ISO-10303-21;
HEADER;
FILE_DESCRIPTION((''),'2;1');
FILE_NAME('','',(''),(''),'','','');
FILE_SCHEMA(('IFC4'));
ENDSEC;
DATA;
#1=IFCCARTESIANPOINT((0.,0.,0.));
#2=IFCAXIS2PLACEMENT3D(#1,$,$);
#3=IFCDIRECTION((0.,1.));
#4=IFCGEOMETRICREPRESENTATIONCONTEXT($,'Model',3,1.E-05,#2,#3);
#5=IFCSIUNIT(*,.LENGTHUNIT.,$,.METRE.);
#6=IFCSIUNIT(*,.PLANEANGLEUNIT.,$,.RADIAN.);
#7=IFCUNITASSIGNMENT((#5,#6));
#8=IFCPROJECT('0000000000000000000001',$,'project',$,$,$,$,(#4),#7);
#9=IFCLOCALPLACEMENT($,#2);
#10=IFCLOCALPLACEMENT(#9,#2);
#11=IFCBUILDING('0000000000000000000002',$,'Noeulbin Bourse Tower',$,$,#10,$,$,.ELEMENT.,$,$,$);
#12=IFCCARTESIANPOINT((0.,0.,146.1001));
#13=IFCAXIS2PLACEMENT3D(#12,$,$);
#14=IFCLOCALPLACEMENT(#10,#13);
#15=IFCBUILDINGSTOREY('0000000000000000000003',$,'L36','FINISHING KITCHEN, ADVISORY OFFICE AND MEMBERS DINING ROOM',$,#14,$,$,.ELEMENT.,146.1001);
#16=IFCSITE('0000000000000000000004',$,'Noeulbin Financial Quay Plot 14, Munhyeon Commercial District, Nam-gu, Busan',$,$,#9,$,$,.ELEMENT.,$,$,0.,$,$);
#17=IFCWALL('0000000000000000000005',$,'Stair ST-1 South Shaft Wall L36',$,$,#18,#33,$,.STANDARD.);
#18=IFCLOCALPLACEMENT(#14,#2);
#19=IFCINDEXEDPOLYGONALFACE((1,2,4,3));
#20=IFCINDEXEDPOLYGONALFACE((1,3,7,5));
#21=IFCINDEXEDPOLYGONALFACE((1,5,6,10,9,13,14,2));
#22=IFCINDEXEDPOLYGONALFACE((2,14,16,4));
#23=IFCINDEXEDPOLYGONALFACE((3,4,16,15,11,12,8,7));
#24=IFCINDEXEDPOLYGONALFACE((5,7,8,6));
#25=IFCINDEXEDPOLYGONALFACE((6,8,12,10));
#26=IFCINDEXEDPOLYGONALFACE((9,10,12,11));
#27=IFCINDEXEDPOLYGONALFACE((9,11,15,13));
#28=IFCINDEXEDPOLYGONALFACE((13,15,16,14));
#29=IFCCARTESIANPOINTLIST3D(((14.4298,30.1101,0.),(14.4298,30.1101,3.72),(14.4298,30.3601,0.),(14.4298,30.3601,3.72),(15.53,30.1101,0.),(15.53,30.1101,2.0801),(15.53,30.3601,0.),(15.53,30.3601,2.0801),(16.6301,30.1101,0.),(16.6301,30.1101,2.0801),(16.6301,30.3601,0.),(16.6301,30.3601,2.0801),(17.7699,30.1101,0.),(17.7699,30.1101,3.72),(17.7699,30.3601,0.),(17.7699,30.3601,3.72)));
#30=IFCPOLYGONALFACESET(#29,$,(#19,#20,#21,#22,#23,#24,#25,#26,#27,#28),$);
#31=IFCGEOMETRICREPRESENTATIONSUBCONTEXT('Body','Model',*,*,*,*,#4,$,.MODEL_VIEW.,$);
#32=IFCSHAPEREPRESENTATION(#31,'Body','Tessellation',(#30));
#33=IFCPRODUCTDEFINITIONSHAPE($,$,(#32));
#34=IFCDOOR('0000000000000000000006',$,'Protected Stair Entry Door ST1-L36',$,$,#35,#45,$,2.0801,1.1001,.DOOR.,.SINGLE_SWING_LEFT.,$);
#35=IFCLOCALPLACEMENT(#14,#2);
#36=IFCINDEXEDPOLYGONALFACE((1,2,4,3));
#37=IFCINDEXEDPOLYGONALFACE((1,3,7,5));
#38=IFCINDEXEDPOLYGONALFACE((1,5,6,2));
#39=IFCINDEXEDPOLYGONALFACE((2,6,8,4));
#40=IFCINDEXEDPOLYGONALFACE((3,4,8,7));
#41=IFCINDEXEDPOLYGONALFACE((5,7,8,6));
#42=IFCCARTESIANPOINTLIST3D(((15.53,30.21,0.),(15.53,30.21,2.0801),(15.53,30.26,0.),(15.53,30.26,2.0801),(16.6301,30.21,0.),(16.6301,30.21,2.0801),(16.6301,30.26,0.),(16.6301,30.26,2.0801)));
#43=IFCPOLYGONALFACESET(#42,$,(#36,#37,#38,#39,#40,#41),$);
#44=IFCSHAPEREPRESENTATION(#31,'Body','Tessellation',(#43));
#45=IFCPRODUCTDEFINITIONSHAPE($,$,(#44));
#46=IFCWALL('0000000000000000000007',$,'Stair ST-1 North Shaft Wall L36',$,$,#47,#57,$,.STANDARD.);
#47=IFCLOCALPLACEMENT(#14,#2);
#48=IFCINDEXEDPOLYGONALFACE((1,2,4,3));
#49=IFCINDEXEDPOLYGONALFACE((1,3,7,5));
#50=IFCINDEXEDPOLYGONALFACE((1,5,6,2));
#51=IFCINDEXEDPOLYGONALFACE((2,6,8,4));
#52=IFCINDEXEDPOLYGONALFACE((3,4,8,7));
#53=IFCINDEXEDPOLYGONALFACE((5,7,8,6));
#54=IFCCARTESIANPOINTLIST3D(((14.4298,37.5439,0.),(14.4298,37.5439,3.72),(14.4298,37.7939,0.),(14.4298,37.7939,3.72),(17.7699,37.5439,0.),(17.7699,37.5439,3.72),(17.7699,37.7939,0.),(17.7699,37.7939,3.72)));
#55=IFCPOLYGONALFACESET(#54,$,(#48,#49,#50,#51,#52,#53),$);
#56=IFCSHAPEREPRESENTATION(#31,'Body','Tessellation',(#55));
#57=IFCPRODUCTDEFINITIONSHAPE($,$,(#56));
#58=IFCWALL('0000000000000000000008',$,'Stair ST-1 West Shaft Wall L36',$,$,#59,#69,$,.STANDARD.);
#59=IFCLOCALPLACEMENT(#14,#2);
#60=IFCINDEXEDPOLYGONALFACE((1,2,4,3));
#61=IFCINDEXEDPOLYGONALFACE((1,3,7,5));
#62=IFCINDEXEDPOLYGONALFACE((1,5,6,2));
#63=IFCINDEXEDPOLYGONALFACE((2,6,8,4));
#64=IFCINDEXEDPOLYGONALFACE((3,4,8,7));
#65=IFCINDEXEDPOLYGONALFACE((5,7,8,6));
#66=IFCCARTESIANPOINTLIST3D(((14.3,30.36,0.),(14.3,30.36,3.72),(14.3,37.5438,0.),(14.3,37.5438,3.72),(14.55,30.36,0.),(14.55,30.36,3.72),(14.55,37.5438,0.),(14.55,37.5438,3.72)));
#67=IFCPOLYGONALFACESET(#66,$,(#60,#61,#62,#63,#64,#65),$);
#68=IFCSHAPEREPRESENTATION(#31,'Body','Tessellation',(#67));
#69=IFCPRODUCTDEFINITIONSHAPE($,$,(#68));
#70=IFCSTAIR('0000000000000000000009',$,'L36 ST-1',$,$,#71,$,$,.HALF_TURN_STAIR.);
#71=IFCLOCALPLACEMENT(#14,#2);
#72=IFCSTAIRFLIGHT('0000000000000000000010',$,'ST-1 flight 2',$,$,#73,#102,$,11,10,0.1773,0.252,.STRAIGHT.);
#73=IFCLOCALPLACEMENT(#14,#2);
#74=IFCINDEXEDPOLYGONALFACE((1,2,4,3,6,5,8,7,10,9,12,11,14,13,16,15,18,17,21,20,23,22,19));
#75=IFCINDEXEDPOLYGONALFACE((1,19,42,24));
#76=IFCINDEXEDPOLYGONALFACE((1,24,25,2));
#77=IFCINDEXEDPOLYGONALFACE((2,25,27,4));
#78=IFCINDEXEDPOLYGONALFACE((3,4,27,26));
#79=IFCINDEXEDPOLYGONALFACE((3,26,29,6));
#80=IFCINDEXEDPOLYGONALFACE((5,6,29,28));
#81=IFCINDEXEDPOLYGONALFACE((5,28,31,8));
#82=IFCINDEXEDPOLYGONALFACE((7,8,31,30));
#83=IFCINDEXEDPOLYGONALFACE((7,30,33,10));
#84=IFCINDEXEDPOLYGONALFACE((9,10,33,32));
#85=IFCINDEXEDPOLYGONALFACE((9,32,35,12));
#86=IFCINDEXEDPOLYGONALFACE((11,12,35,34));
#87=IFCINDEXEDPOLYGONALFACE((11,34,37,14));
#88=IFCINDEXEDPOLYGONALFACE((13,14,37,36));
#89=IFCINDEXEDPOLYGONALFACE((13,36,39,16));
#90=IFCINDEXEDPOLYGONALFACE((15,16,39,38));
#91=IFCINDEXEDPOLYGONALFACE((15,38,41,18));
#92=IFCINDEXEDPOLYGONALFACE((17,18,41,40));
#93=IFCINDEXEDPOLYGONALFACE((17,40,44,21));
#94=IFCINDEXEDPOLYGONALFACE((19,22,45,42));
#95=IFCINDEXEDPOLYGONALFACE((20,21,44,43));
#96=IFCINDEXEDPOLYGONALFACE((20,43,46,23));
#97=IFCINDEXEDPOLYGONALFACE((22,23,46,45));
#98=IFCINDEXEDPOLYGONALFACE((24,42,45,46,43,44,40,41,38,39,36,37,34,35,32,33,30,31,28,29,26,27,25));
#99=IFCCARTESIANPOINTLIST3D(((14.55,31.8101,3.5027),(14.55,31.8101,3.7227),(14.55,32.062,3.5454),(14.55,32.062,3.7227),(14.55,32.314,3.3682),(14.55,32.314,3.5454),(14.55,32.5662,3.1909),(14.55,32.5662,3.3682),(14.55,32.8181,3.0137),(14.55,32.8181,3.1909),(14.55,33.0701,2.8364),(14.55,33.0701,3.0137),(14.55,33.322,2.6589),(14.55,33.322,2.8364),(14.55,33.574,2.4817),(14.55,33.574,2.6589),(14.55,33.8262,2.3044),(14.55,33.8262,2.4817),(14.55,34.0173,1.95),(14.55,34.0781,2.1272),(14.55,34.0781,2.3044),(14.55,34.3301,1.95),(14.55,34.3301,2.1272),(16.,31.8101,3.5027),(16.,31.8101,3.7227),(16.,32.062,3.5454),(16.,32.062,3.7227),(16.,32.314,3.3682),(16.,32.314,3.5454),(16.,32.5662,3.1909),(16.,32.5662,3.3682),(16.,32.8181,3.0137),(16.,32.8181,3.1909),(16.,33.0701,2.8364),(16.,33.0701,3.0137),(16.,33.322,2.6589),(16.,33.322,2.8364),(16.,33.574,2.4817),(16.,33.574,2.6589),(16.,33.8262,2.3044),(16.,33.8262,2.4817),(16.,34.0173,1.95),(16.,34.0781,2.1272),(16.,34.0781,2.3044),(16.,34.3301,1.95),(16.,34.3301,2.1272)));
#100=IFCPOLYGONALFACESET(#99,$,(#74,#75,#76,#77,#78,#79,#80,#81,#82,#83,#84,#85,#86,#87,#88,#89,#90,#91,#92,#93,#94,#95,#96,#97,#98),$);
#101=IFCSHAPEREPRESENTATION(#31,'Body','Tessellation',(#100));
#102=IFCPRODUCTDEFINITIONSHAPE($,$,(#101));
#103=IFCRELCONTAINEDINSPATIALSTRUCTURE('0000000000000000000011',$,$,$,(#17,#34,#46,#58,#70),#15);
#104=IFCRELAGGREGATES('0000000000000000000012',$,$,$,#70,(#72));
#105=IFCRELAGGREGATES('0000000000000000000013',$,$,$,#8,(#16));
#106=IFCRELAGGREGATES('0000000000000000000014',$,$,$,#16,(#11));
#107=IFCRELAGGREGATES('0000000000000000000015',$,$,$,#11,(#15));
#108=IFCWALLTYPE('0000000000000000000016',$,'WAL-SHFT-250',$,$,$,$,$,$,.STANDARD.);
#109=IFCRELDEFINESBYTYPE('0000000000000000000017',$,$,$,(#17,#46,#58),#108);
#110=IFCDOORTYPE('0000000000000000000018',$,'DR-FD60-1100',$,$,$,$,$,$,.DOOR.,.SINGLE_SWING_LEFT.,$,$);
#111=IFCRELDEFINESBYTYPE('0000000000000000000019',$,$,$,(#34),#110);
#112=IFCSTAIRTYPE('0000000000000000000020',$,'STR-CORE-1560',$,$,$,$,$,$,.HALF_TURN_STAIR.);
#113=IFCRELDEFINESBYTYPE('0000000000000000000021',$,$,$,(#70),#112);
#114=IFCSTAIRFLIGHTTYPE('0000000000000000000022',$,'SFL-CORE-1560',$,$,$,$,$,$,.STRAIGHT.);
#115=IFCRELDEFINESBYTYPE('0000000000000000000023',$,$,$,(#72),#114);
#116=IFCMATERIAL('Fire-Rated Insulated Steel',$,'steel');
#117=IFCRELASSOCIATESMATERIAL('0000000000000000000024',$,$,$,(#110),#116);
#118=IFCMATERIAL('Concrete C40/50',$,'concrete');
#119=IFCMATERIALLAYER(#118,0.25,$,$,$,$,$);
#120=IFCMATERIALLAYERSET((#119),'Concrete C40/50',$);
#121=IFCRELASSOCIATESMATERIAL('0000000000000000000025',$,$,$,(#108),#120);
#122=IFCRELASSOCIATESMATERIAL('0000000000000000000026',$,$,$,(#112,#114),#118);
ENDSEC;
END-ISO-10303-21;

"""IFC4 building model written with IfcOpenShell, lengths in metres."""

from ifc_helpers import new_model, si_unit, direction, frame, frame_2d, origin, place, context, subcontext, project, spatial, polyline, rectangle, outline, extrude, material, layer, layer_set, type_object, element, fill, aggregate, save


model = new_model("IFC4")

# Units and contexts
model_context = context("Model", 3, precision=1e-05, world=origin(), true_north=direction((0.0, 1.0)))
body_context = subcontext(model_context, "Body", "Model", "MODEL_VIEW")
ifc_project = project(units=[si_unit("LENGTHUNIT", "METRE"), si_unit("PLANEANGLEUNIT", "RADIAN")], contexts=[model_context])

# Site, building, storey
site_placement = place(None, origin())
site = spatial("IfcSite", under=ifc_project, at=site_placement, Name="Noeulbin Financial Quay Plot 14, Munhyeon Commercial District, Nam-gu, Busan", CompositionType="ELEMENT", RefElevation=0.0)
building_placement = place(site_placement, origin())
building = spatial("IfcBuilding", under=site, at=building_placement, Name="Noeulbin Bourse Tower", CompositionType="ELEMENT")
storey_placement = place(building_placement, frame((0.0, 0.0, 146.1001)))
storey = spatial("IfcBuildingStorey", under=building, at=storey_placement, Name="L36", Description="FINISHING KITCHEN, ADVISORY OFFICE AND MEMBERS DINING ROOM", CompositionType="ELEMENT", Elevation=146.1001)

# Shared definitions
ifc_material_1 = material(Name="Fire-Rated Insulated Steel", Category="steel")
door_type_1 = type_object("IfcDoorType", Name="DR-FD60-1100", OperationType="SINGLE_SWING_LEFT", PredefinedType="DOOR", material=ifc_material_1)

# Wall, opening, door
ifc_material_2 = material(Name="Concrete C40/50", Category="concrete")
ifc_layer_1 = layer(ifc_material_2, 0.25)
ifc_layer_set_1 = layer_set([ifc_layer_1], Name="Concrete C40/50")
wall_type_1 = type_object("IfcWallType", Name="WAL-SHFT-250", PredefinedType="STANDARD", material=ifc_layer_set_1)
wall_1_placement = place(storey_placement, frame((14.4299, 30.2351, 0.0), z_axis=(0.0, 0.0, 1.0), x_axis=(1.0, 0.0, 0.0)))
wall_1 = element("IfcWall", 1, at=wall_1_placement, inside=storey, type_object=wall_type_1, Name="Stair ST-1 South Shaft Wall L36", PredefinedType="STANDARD", context=body_context, shape_type="SweptSolid", body=[
    extrude(rectangle(XDim=3.3401, YDim=0.25, at=frame_2d((1.6699, 0.0))), origin(), (0.0, 0.0, 1.0), 3.72),
])
opening_1_placement = place(wall_1_placement, frame((1.1001, 0.0, 0.0)))
opening_1 = element("IfcOpeningElement", 2, at=opening_1_placement, cuts=wall_1, PredefinedType="OPENING", context=body_context, shape_type="SweptSolid", body=[
    extrude(rectangle(XDim=1.1001, YDim=2.0801, at=frame_2d((0.55, 1.04))), frame((0.0, 0.135, 0.0), z_axis=(0.0, -1.0, 0.0), x_axis=(1.0, 0.0, 0.0)), (0.0, 0.0, 1.0), 0.27),
])
door_1_placement = place(opening_1_placement, origin())
door_1 = element("IfcDoor", 3, at=door_1_placement, inside=storey, type_object=door_type_1, Name="Protected Stair Entry Door ST1-L36", OperationType="SINGLE_SWING_LEFT", OverallHeight=2.0801, OverallWidth=1.1001, PredefinedType="DOOR", context=body_context, shape_type="SweptSolid", body=[
    extrude(rectangle(XDim=1.1001, YDim=2.0801, at=frame_2d((0.55, 1.04))), frame((0.0, 0.0249, 0.0), z_axis=(0.0, -1.0, 0.0), x_axis=(1.0, 0.0, 0.0)), (0.0, 0.0, 1.0), 0.05),
])
fill(opening_1, door_1)

# Walls
wall_2_placement = place(storey_placement, frame((14.4299, 37.6689, 0.0), z_axis=(0.0, 0.0, 1.0), x_axis=(1.0, 0.0, 0.0)))
element("IfcWall", 4, at=wall_2_placement, inside=storey, type_object=wall_type_1, Name="Stair ST-1 North Shaft Wall L36", PredefinedType="STANDARD", context=body_context, shape_type="SweptSolid", body=[
    extrude(rectangle(XDim=3.3401, YDim=0.25, at=frame_2d((1.6699, 0.0))), origin(), (0.0, 0.0, 1.0), 3.72),
])
wall_3_placement = place(storey_placement, frame((14.425, 30.3601, 0.0), z_axis=(0.0, 0.0, 1.0), x_axis=(0.0, 1.0, 0.0)))
element("IfcWall", 5, at=wall_3_placement, inside=storey, type_object=wall_type_1, Name="Stair ST-1 West Shaft Wall L36", PredefinedType="STANDARD", context=body_context, shape_type="SweptSolid", body=[
    extrude(rectangle(XDim=7.1838, YDim=0.25, at=frame_2d((3.5918, 0.0))), origin(), (0.0, 0.0, 1.0), 3.72),
])

# Stair, stair flight
stair_type = type_object("IfcStairType", Name="STR-CORE-1560", PredefinedType="HALF_TURN_STAIR", material=ifc_material_2)
stair_placement = place(storey_placement, origin())
stair = element("IfcStair", 6, at=stair_placement, inside=storey, type_object=stair_type, Name="L36 ST-1", PredefinedType="HALF_TURN_STAIR")
stair_flight_type = type_object("IfcStairFlightType", Name="SFL-CORE-1560", PredefinedType="STRAIGHT", material=ifc_material_2)
stair_flight_placement = place(storey_placement, frame((15.2749, 34.3301, 1.95), z_axis=(0.0, 0.0, 1.0), x_axis=(0.0, -1.0, 0.0)))
stair_flight = element("IfcStairFlight", 7, at=stair_flight_placement, type_object=stair_flight_type, Name="ST-1 flight 2", NumberOfRisers=11, NumberOfTreads=10, PredefinedType="STRAIGHT", RiserHeight=0.1773, TreadLength=0.252, context=body_context, shape_type="SweptSolid", body=[
    extrude(outline(polyline([(0.0, 0.0), (0.0, 0.1772), (0.252, 0.1772), (0.252, 0.3545), (0.5039, 0.3545), (0.5039, 0.5317), (0.7561, 0.5317), (0.7561, 0.709), (1.0081, 0.709), (1.0081, 0.8865), (1.26, 0.8865), (1.26, 1.0637), (1.512, 1.0637), (1.512, 1.241), (1.7639, 1.241), (1.7639, 1.4182), (2.0161, 1.4182), (2.0161, 1.5955), (2.2681, 1.5955), (2.2681, 1.7727), (2.52, 1.7727), (2.52, 1.95), (2.52, 1.5527), (0.3127, 0.0), (0.0, 0.0)])), frame((0.0, 0.7251, 0.0), z_axis=(0.0, -1.0, 0.0), x_axis=(1.0, 0.0, 0.0)), (0.0, 0.0, 1.0), 1.45),
])
aggregate(stair, [stair_flight])

save(model, "model.ifc")
